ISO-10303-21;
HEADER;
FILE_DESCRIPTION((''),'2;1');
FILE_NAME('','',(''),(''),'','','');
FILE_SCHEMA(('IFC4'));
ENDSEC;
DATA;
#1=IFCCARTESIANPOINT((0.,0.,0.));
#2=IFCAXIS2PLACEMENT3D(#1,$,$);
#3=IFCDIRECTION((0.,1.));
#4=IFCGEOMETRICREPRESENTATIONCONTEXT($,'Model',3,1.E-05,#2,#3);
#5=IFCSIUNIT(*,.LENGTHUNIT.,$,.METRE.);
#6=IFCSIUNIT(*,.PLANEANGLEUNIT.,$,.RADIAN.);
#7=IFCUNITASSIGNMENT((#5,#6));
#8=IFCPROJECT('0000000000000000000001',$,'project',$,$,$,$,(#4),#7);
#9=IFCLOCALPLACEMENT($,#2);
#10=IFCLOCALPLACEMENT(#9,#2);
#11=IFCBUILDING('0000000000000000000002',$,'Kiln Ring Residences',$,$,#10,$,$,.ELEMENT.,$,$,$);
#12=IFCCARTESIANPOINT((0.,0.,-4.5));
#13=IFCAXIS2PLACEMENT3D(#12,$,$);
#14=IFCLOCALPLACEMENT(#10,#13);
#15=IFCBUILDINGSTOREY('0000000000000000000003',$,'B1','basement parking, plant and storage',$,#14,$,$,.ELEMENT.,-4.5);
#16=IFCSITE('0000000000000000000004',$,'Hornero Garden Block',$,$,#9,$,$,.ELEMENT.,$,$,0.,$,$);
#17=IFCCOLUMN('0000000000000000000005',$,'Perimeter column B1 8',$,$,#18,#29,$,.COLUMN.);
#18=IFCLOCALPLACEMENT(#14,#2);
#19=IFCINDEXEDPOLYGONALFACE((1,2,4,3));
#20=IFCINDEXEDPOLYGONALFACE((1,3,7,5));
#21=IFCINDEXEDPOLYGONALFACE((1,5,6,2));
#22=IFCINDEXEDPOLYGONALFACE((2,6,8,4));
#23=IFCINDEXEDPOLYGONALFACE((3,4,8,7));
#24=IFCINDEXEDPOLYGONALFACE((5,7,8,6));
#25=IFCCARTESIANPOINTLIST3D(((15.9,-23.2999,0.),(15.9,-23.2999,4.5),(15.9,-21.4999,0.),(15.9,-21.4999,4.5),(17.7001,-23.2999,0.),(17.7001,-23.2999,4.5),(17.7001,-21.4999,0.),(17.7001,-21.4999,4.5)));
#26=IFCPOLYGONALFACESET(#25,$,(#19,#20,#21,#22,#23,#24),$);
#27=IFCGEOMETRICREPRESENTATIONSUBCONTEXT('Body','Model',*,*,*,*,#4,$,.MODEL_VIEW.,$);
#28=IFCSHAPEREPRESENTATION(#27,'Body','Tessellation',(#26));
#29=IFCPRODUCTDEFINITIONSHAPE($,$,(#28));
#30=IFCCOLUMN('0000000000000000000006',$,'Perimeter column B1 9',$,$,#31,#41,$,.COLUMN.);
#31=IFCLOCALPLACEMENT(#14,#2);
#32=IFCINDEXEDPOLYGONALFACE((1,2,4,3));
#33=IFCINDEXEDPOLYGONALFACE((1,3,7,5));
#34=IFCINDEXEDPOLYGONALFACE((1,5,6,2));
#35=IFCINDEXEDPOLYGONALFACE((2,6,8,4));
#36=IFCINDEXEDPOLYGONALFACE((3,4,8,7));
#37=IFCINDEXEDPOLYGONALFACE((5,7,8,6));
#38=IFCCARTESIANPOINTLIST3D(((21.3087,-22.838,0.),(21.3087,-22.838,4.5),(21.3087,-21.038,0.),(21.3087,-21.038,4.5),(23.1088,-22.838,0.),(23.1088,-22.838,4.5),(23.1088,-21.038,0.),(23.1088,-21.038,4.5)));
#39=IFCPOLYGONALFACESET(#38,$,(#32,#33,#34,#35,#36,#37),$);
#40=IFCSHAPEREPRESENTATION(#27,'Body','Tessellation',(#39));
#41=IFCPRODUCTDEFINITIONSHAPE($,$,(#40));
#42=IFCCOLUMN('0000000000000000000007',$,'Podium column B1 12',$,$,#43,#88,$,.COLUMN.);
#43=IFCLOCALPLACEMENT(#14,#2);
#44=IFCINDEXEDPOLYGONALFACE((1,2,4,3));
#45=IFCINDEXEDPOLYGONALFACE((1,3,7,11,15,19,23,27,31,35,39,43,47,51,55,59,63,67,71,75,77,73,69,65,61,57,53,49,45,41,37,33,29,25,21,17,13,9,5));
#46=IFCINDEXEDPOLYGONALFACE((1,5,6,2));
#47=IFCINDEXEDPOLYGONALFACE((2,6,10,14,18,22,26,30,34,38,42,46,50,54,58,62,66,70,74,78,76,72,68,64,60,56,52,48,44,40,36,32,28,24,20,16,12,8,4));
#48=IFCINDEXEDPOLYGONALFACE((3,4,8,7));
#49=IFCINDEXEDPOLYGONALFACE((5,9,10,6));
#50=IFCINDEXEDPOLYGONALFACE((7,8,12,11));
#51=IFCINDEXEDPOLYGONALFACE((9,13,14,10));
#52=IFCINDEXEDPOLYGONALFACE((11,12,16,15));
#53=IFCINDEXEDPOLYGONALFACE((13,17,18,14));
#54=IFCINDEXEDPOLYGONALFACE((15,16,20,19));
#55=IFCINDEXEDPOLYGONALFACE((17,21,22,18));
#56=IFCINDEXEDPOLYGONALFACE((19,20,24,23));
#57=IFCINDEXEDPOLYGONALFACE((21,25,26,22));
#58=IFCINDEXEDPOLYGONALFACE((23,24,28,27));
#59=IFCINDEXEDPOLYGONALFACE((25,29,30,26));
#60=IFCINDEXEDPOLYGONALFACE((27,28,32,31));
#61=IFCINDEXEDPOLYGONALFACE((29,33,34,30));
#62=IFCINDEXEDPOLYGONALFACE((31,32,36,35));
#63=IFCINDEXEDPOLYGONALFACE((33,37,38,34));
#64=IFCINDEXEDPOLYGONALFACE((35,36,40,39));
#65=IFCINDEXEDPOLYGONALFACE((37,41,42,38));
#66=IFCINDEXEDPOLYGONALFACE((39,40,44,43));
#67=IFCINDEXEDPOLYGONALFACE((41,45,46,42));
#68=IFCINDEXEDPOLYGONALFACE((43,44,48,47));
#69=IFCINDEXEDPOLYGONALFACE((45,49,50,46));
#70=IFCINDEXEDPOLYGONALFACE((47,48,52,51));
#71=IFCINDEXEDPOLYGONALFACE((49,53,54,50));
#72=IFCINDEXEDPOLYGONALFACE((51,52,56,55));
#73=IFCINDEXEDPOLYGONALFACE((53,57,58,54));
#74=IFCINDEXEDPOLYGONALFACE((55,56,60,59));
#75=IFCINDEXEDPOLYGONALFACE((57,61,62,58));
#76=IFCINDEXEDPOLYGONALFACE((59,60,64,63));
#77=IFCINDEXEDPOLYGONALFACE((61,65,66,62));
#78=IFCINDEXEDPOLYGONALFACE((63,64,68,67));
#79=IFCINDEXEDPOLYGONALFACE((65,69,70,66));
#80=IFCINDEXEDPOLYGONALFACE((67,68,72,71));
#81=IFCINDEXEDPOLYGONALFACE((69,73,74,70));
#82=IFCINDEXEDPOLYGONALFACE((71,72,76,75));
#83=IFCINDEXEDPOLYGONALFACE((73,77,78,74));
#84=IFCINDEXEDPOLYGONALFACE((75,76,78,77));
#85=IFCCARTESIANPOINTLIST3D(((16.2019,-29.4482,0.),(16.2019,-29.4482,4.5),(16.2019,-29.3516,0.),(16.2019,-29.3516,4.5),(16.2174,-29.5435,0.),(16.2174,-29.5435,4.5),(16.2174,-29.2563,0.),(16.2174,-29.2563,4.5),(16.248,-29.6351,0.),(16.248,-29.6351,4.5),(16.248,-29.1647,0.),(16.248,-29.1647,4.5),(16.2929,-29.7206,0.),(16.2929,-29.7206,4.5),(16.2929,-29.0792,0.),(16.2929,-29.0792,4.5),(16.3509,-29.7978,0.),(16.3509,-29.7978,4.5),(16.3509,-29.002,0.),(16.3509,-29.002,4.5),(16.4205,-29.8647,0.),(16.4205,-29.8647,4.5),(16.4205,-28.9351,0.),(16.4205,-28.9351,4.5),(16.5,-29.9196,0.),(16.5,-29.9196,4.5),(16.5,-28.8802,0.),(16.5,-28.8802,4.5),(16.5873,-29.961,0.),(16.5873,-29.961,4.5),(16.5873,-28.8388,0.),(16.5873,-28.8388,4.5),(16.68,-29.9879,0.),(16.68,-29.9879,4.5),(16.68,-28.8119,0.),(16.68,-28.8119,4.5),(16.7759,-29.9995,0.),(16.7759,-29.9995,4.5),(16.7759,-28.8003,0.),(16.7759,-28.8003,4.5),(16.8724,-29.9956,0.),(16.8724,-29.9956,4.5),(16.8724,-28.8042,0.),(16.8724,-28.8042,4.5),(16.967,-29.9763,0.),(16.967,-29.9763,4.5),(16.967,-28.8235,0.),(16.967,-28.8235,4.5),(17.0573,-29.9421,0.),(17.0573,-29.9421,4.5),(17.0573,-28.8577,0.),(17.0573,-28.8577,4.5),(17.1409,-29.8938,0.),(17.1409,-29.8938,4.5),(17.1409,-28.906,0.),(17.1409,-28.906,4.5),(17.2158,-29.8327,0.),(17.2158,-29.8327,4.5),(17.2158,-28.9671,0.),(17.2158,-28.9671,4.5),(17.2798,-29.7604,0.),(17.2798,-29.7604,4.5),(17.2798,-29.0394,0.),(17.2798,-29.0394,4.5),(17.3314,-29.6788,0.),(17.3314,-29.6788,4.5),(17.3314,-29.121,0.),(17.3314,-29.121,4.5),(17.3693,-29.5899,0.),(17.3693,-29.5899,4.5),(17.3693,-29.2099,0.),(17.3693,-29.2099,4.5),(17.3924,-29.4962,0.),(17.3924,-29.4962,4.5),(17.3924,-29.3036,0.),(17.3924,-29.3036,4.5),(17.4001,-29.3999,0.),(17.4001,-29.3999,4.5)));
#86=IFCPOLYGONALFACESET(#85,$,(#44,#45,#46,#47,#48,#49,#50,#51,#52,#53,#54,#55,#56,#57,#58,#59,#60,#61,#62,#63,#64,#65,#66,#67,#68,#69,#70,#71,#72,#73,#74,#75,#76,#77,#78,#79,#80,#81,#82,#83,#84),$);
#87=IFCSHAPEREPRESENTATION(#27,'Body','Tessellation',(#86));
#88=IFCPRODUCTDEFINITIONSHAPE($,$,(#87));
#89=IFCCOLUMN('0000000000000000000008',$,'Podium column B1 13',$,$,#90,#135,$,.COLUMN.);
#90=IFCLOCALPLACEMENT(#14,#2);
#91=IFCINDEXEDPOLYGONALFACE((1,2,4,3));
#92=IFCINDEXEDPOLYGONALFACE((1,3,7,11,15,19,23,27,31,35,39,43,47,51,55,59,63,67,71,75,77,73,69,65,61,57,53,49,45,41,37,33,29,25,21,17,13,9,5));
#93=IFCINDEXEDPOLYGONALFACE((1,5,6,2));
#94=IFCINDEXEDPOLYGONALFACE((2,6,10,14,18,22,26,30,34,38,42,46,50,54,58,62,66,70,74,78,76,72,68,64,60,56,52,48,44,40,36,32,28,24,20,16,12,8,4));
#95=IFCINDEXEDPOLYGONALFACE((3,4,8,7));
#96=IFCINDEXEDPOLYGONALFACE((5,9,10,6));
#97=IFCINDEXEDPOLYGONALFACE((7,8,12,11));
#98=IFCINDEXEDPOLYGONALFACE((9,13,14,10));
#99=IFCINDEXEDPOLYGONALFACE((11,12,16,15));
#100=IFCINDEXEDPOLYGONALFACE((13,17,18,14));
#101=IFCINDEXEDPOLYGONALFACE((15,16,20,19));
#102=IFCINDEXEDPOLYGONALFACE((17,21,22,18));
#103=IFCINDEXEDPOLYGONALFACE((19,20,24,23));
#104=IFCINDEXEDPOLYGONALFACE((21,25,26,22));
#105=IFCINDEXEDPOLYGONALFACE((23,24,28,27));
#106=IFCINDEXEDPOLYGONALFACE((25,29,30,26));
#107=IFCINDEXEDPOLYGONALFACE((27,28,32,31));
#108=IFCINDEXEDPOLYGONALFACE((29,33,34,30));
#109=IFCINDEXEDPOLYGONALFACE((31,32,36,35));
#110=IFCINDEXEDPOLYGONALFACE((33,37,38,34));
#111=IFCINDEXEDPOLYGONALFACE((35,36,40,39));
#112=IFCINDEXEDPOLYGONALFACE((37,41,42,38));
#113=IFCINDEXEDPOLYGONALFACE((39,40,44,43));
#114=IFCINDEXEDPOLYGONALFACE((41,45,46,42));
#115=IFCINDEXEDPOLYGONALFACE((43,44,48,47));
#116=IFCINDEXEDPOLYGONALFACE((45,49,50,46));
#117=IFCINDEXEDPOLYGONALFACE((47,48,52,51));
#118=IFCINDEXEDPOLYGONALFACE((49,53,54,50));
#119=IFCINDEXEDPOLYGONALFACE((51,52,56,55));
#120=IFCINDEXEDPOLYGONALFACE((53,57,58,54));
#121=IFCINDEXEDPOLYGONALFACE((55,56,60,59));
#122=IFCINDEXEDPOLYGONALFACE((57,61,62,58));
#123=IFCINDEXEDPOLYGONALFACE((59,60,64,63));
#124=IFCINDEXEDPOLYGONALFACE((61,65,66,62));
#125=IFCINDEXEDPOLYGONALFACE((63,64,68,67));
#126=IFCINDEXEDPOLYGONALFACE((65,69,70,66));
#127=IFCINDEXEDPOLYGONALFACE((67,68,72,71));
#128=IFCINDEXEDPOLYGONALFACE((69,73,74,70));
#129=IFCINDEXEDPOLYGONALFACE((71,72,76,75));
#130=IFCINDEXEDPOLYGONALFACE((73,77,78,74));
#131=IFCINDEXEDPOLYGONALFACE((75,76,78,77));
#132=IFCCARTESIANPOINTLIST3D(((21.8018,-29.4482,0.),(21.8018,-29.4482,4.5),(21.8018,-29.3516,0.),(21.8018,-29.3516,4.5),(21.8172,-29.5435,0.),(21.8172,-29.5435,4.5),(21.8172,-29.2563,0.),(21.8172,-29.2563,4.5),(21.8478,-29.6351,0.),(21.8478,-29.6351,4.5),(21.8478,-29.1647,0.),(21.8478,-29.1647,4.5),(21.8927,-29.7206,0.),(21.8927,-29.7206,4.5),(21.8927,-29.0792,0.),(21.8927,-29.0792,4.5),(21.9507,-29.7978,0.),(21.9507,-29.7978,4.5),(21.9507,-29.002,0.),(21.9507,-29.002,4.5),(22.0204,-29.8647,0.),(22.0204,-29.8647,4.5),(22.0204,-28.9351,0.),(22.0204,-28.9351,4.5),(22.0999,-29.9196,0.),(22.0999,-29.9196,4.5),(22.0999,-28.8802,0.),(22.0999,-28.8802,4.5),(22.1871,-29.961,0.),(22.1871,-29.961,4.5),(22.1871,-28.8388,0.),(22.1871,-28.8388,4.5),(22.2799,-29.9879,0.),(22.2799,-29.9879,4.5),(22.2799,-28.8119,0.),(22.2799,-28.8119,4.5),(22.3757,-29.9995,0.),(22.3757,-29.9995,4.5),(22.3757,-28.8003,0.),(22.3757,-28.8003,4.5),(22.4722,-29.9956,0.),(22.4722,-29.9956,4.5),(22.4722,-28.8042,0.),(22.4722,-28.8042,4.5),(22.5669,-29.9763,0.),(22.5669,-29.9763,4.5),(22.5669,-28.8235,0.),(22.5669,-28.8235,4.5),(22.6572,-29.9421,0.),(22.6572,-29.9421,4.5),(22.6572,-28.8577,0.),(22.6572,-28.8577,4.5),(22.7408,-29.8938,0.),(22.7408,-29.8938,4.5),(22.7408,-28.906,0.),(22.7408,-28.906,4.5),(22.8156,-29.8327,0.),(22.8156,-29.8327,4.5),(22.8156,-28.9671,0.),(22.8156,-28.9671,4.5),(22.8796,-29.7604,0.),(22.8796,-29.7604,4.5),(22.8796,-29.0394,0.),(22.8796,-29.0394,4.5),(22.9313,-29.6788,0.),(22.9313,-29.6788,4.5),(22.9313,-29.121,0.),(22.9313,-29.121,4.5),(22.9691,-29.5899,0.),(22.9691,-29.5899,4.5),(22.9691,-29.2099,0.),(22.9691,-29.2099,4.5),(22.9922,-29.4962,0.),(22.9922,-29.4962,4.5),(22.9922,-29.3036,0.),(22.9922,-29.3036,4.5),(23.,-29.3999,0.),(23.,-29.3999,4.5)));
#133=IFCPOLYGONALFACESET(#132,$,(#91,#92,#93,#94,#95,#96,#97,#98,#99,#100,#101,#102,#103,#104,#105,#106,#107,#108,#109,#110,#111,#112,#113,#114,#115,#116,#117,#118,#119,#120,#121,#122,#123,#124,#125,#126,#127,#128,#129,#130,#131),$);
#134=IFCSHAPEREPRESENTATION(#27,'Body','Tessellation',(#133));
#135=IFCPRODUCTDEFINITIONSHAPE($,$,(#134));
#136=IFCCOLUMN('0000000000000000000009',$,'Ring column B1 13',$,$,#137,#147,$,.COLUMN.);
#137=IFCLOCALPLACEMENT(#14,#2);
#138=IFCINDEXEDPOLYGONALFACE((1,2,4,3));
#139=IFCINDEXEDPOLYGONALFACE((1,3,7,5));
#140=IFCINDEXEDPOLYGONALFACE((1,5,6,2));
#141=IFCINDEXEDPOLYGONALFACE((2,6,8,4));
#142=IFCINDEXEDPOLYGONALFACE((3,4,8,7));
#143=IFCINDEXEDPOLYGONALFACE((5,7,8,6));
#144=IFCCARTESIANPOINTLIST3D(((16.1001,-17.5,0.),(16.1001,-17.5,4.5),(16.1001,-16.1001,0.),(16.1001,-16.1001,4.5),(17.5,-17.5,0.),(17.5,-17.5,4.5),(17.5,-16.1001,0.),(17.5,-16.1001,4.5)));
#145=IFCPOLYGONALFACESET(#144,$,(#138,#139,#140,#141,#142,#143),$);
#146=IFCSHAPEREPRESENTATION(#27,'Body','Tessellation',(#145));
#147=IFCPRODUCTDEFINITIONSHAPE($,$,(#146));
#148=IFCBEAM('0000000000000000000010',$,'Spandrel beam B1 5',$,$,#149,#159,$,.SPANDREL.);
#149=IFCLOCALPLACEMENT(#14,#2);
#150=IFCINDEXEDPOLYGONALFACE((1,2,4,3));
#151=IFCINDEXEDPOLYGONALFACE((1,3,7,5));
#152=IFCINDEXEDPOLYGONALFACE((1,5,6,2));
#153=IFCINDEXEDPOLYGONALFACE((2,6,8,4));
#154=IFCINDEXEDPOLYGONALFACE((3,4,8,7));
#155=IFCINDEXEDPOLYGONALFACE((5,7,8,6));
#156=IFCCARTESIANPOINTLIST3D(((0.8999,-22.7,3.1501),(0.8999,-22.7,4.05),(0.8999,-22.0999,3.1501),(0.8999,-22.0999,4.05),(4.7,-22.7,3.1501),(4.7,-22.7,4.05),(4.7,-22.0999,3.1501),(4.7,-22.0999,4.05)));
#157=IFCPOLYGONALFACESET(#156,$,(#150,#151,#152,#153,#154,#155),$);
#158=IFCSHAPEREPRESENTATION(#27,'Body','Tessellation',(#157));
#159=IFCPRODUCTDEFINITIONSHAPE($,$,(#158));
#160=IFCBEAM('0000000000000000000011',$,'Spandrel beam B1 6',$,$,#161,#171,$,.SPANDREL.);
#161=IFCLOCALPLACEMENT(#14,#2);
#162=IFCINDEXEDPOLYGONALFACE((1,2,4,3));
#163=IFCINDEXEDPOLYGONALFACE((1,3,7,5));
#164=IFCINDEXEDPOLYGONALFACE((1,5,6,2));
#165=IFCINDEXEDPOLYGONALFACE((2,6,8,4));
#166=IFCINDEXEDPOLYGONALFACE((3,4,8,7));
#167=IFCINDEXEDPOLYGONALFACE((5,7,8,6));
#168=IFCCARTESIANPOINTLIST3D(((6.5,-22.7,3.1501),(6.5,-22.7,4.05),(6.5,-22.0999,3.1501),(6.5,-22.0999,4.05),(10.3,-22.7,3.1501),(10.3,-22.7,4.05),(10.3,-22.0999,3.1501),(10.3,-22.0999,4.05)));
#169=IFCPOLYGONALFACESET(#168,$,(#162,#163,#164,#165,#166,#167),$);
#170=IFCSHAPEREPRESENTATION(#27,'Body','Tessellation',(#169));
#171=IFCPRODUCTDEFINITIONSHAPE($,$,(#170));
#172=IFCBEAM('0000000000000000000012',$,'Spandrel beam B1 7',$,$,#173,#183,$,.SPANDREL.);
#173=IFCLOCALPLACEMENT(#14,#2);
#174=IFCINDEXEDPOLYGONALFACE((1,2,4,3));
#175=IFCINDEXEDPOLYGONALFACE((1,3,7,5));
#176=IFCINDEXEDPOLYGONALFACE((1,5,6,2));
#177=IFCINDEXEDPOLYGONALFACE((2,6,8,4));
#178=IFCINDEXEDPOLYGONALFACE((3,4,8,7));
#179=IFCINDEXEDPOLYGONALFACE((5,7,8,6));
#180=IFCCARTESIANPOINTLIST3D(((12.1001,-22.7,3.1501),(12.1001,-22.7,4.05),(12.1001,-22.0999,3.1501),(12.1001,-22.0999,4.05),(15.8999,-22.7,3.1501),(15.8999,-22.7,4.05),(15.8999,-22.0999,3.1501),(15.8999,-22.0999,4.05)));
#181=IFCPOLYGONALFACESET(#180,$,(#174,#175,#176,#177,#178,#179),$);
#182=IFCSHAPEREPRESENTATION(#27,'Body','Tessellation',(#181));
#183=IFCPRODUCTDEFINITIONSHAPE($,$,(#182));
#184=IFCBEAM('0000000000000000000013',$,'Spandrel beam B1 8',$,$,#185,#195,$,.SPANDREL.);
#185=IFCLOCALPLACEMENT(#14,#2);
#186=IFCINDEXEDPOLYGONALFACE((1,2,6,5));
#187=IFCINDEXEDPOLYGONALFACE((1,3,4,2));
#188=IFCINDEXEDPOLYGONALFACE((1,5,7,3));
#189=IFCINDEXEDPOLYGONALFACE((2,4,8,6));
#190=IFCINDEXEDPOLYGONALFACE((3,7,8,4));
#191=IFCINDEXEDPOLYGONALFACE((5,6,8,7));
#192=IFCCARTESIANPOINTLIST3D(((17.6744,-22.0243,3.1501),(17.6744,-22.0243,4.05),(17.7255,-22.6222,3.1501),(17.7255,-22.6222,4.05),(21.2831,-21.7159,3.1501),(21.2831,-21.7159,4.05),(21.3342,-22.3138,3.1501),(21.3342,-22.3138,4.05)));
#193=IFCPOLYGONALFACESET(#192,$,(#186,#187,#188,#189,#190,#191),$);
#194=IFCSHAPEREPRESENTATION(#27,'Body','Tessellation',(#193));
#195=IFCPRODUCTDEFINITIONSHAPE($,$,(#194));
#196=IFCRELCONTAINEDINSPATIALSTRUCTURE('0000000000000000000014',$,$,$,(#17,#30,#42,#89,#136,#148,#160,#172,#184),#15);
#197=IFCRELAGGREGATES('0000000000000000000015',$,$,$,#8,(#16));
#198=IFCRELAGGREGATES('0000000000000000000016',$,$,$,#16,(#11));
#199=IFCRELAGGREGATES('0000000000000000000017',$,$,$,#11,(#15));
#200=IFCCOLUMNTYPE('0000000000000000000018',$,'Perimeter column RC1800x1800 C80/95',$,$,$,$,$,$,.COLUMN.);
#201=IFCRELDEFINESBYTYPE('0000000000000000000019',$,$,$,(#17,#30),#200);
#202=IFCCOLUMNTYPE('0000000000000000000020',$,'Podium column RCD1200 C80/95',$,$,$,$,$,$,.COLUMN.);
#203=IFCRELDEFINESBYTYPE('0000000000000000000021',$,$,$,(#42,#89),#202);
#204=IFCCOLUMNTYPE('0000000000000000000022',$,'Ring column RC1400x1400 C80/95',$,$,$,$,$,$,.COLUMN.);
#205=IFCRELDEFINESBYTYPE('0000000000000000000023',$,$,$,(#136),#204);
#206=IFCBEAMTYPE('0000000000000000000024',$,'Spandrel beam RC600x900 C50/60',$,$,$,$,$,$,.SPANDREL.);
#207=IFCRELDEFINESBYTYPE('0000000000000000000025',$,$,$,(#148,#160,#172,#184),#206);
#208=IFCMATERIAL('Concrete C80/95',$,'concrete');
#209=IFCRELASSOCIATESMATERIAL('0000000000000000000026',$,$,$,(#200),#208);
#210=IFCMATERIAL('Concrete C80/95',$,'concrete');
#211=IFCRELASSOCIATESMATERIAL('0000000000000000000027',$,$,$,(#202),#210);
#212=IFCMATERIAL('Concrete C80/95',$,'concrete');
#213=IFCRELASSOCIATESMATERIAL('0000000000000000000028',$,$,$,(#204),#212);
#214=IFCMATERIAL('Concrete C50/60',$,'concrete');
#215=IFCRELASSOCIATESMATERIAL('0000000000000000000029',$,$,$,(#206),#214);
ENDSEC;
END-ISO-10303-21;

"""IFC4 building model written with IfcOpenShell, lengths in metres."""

from ifc_helpers import new_model, si_unit, direction, frame, origin, origin_2d, place, context, subcontext, project, spatial, rectangle, circle, extrude, material, material_profile, profile_set, type_object, element, save


model = new_model("IFC4")

# Units and contexts
model_context = context("Model", 3, precision=1e-05, world=origin(), true_north=direction((0.0, 1.0)))
body_context = subcontext(model_context, "Body", "Model", "MODEL_VIEW")
ifc_project = project(units=[si_unit("LENGTHUNIT", "METRE"), si_unit("PLANEANGLEUNIT", "RADIAN")], contexts=[model_context])

# Site, building, storey
site_placement = place(None, origin())
site = spatial("IfcSite", under=ifc_project, at=site_placement, Name="Hornero Garden Block", CompositionType="ELEMENT", RefElevation=0.0)
building_placement = place(site_placement, origin())
building = spatial("IfcBuilding", under=site, at=building_placement, Name="Kiln Ring Residences", CompositionType="ELEMENT")
storey_placement = place(building_placement, frame((0.0, 0.0, -4.5)))
storey = spatial("IfcBuildingStorey", under=building, at=storey_placement, Name="B1", Description="basement parking, plant and storage", CompositionType="ELEMENT", Elevation=-4.5)

# Columns
ifc_material_1 = material(Name="Concrete C80/95", Category="concrete")
ifc_material_profile_1 = material_profile(ifc_material_1, rectangle(XDim=1.8, YDim=1.8, at=origin_2d()), Name="RC1800x1800")
ifc_profile_set_1 = profile_set([ifc_material_profile_1], Name="Concrete C80/95")
column_type_1 = type_object("IfcColumnType", Name="Perimeter column RC1800x1800 C80/95", PredefinedType="COLUMN", material=ifc_profile_set_1)
for number, where, z_axis, x_axis, name in (
    (1, (16.8, -22.3999, 0.0), (0.0, 0.0, 1.0), (1.0, 0.0, 0.0), "Perimeter column B1 8"),
    (2, (22.2087, -21.938, 0.0), (0.0, 0.0, 1.0), (1.0, 0.0, 0.0), "Perimeter column B1 9"),
):
    element("IfcColumn", number, at=place(storey_placement, frame(where, z_axis=z_axis, x_axis=x_axis)), inside=storey, type_object=column_type_1, Name=name, PredefinedType="COLUMN", context=body_context, shape_type="SweptSolid", body=[
        extrude(rectangle(XDim=1.8, YDim=1.8, at=origin_2d()), origin(), (0.0, 0.0, 1.0), 4.5),
    ])
ifc_material_2 = material(Name="Concrete C80/95", Category="concrete")
ifc_material_profile_2 = material_profile(ifc_material_2, circle(Radius=0.6001, at=origin_2d()), Name="RCD1200")
ifc_profile_set_2 = profile_set([ifc_material_profile_2], Name="Concrete C80/95")
column_type_2 = type_object("IfcColumnType", Name="Podium column RCD1200 C80/95", PredefinedType="COLUMN", material=ifc_profile_set_2)
for number, where, z_axis, x_axis, name in (
    (3, (16.8, -29.3999, 0.0), (0.0, 0.0, 1.0), (1.0, 0.0, 0.0), "Podium column B1 12"),
    (4, (22.3999, -29.3999, 0.0), (0.0, 0.0, 1.0), (1.0, 0.0, 0.0), "Podium column B1 13"),
):
    element("IfcColumn", number, at=place(storey_placement, frame(where, z_axis=z_axis, x_axis=x_axis)), inside=storey, type_object=column_type_2, Name=name, PredefinedType="COLUMN", context=body_context, shape_type="SweptSolid", body=[
        extrude(circle(Radius=0.6001, at=origin_2d()), origin(), (0.0, 0.0, 1.0), 4.5),
    ])
ifc_material_3 = material(Name="Concrete C80/95", Category="concrete")
ifc_material_profile_3 = material_profile(ifc_material_3, rectangle(XDim=1.3999, YDim=1.3999, at=origin_2d()), Name="RC1400x1400")
ifc_profile_set_3 = profile_set([ifc_material_profile_3], Name="Concrete C80/95")
column_type_3 = type_object("IfcColumnType", Name="Ring column RC1400x1400 C80/95", PredefinedType="COLUMN", material=ifc_profile_set_3)
column_placement = place(storey_placement, frame((16.8, -16.8, 0.0), z_axis=(0.0, 0.0, 1.0), x_axis=(1.0, 0.0, 0.0)))
element("IfcColumn", 5, at=column_placement, inside=storey, type_object=column_type_3, Name="Ring column B1 13", PredefinedType="COLUMN", context=body_context, shape_type="SweptSolid", body=[
    extrude(rectangle(XDim=1.3999, YDim=1.3999, at=origin_2d()), origin(), (0.0, 0.0, 1.0), 4.5),
])

# Beams
ifc_material_4 = material(Name="Concrete C50/60", Category="concrete")
ifc_material_profile_4 = material_profile(ifc_material_4, rectangle(XDim=0.6001, YDim=0.8999, at=origin_2d()), Name="RC600x900")
ifc_profile_set_4 = profile_set([ifc_material_profile_4], Name="Concrete C50/60")
beam_type = type_object("IfcBeamType", Name="Spandrel beam RC600x900 C50/60", PredefinedType="SPANDREL", material=ifc_profile_set_4)
for number, where, z_axis, x_axis, name in (
    (6, (0.8999, -22.3999, 3.6001), (1.0, 0.0, 0.0), (0.0, 1.0, 0.0), "Spandrel beam B1 5"),
    (7, (6.5, -22.3999, 3.6001), (1.0, 0.0, 0.0), (0.0, 1.0, 0.0), "Spandrel beam B1 6"),
):
    element("IfcBeam", number, at=place(storey_placement, frame(where, z_axis=z_axis, x_axis=x_axis)), inside=storey, type_object=beam_type, Name=name, PredefinedType="SPANDREL", context=body_context, shape_type="SweptSolid", body=[
        extrude(rectangle(XDim=0.6001, YDim=0.8999, at=origin_2d()), origin(), (0.0, 0.0, 1.0), 3.8),
    ])
beam_1_placement = place(storey_placement, frame((12.1001, -22.3999, 3.6001), z_axis=(1.0, 0.0, 0.0), x_axis=(0.0, 1.0, 0.0)))
element("IfcBeam", 8, at=beam_1_placement, inside=storey, type_object=beam_type, Name="Spandrel beam B1 7", PredefinedType="SPANDREL", context=body_context, shape_type="SweptSolid", body=[
    extrude(rectangle(XDim=0.6001, YDim=0.8999, at=origin_2d()), origin(), (0.0, 0.0, 1.0), 3.7998),
])
beam_2_placement = place(storey_placement, frame((17.7, -22.3232, 3.6001), z_axis=(0.996369, 0.085137, 0.0), x_axis=(-0.085137, 0.996369, 0.0)))
element("IfcBeam", 9, at=beam_2_placement, inside=storey, type_object=beam_type, Name="Spandrel beam B1 8", PredefinedType="SPANDREL", context=body_context, shape_type="SweptSolid", body=[
    extrude(rectangle(XDim=0.6001, YDim=0.8999, at=origin_2d()), origin(), (0.0, 0.0, 1.0), 3.6218),
])

save(model, "model.ifc")
